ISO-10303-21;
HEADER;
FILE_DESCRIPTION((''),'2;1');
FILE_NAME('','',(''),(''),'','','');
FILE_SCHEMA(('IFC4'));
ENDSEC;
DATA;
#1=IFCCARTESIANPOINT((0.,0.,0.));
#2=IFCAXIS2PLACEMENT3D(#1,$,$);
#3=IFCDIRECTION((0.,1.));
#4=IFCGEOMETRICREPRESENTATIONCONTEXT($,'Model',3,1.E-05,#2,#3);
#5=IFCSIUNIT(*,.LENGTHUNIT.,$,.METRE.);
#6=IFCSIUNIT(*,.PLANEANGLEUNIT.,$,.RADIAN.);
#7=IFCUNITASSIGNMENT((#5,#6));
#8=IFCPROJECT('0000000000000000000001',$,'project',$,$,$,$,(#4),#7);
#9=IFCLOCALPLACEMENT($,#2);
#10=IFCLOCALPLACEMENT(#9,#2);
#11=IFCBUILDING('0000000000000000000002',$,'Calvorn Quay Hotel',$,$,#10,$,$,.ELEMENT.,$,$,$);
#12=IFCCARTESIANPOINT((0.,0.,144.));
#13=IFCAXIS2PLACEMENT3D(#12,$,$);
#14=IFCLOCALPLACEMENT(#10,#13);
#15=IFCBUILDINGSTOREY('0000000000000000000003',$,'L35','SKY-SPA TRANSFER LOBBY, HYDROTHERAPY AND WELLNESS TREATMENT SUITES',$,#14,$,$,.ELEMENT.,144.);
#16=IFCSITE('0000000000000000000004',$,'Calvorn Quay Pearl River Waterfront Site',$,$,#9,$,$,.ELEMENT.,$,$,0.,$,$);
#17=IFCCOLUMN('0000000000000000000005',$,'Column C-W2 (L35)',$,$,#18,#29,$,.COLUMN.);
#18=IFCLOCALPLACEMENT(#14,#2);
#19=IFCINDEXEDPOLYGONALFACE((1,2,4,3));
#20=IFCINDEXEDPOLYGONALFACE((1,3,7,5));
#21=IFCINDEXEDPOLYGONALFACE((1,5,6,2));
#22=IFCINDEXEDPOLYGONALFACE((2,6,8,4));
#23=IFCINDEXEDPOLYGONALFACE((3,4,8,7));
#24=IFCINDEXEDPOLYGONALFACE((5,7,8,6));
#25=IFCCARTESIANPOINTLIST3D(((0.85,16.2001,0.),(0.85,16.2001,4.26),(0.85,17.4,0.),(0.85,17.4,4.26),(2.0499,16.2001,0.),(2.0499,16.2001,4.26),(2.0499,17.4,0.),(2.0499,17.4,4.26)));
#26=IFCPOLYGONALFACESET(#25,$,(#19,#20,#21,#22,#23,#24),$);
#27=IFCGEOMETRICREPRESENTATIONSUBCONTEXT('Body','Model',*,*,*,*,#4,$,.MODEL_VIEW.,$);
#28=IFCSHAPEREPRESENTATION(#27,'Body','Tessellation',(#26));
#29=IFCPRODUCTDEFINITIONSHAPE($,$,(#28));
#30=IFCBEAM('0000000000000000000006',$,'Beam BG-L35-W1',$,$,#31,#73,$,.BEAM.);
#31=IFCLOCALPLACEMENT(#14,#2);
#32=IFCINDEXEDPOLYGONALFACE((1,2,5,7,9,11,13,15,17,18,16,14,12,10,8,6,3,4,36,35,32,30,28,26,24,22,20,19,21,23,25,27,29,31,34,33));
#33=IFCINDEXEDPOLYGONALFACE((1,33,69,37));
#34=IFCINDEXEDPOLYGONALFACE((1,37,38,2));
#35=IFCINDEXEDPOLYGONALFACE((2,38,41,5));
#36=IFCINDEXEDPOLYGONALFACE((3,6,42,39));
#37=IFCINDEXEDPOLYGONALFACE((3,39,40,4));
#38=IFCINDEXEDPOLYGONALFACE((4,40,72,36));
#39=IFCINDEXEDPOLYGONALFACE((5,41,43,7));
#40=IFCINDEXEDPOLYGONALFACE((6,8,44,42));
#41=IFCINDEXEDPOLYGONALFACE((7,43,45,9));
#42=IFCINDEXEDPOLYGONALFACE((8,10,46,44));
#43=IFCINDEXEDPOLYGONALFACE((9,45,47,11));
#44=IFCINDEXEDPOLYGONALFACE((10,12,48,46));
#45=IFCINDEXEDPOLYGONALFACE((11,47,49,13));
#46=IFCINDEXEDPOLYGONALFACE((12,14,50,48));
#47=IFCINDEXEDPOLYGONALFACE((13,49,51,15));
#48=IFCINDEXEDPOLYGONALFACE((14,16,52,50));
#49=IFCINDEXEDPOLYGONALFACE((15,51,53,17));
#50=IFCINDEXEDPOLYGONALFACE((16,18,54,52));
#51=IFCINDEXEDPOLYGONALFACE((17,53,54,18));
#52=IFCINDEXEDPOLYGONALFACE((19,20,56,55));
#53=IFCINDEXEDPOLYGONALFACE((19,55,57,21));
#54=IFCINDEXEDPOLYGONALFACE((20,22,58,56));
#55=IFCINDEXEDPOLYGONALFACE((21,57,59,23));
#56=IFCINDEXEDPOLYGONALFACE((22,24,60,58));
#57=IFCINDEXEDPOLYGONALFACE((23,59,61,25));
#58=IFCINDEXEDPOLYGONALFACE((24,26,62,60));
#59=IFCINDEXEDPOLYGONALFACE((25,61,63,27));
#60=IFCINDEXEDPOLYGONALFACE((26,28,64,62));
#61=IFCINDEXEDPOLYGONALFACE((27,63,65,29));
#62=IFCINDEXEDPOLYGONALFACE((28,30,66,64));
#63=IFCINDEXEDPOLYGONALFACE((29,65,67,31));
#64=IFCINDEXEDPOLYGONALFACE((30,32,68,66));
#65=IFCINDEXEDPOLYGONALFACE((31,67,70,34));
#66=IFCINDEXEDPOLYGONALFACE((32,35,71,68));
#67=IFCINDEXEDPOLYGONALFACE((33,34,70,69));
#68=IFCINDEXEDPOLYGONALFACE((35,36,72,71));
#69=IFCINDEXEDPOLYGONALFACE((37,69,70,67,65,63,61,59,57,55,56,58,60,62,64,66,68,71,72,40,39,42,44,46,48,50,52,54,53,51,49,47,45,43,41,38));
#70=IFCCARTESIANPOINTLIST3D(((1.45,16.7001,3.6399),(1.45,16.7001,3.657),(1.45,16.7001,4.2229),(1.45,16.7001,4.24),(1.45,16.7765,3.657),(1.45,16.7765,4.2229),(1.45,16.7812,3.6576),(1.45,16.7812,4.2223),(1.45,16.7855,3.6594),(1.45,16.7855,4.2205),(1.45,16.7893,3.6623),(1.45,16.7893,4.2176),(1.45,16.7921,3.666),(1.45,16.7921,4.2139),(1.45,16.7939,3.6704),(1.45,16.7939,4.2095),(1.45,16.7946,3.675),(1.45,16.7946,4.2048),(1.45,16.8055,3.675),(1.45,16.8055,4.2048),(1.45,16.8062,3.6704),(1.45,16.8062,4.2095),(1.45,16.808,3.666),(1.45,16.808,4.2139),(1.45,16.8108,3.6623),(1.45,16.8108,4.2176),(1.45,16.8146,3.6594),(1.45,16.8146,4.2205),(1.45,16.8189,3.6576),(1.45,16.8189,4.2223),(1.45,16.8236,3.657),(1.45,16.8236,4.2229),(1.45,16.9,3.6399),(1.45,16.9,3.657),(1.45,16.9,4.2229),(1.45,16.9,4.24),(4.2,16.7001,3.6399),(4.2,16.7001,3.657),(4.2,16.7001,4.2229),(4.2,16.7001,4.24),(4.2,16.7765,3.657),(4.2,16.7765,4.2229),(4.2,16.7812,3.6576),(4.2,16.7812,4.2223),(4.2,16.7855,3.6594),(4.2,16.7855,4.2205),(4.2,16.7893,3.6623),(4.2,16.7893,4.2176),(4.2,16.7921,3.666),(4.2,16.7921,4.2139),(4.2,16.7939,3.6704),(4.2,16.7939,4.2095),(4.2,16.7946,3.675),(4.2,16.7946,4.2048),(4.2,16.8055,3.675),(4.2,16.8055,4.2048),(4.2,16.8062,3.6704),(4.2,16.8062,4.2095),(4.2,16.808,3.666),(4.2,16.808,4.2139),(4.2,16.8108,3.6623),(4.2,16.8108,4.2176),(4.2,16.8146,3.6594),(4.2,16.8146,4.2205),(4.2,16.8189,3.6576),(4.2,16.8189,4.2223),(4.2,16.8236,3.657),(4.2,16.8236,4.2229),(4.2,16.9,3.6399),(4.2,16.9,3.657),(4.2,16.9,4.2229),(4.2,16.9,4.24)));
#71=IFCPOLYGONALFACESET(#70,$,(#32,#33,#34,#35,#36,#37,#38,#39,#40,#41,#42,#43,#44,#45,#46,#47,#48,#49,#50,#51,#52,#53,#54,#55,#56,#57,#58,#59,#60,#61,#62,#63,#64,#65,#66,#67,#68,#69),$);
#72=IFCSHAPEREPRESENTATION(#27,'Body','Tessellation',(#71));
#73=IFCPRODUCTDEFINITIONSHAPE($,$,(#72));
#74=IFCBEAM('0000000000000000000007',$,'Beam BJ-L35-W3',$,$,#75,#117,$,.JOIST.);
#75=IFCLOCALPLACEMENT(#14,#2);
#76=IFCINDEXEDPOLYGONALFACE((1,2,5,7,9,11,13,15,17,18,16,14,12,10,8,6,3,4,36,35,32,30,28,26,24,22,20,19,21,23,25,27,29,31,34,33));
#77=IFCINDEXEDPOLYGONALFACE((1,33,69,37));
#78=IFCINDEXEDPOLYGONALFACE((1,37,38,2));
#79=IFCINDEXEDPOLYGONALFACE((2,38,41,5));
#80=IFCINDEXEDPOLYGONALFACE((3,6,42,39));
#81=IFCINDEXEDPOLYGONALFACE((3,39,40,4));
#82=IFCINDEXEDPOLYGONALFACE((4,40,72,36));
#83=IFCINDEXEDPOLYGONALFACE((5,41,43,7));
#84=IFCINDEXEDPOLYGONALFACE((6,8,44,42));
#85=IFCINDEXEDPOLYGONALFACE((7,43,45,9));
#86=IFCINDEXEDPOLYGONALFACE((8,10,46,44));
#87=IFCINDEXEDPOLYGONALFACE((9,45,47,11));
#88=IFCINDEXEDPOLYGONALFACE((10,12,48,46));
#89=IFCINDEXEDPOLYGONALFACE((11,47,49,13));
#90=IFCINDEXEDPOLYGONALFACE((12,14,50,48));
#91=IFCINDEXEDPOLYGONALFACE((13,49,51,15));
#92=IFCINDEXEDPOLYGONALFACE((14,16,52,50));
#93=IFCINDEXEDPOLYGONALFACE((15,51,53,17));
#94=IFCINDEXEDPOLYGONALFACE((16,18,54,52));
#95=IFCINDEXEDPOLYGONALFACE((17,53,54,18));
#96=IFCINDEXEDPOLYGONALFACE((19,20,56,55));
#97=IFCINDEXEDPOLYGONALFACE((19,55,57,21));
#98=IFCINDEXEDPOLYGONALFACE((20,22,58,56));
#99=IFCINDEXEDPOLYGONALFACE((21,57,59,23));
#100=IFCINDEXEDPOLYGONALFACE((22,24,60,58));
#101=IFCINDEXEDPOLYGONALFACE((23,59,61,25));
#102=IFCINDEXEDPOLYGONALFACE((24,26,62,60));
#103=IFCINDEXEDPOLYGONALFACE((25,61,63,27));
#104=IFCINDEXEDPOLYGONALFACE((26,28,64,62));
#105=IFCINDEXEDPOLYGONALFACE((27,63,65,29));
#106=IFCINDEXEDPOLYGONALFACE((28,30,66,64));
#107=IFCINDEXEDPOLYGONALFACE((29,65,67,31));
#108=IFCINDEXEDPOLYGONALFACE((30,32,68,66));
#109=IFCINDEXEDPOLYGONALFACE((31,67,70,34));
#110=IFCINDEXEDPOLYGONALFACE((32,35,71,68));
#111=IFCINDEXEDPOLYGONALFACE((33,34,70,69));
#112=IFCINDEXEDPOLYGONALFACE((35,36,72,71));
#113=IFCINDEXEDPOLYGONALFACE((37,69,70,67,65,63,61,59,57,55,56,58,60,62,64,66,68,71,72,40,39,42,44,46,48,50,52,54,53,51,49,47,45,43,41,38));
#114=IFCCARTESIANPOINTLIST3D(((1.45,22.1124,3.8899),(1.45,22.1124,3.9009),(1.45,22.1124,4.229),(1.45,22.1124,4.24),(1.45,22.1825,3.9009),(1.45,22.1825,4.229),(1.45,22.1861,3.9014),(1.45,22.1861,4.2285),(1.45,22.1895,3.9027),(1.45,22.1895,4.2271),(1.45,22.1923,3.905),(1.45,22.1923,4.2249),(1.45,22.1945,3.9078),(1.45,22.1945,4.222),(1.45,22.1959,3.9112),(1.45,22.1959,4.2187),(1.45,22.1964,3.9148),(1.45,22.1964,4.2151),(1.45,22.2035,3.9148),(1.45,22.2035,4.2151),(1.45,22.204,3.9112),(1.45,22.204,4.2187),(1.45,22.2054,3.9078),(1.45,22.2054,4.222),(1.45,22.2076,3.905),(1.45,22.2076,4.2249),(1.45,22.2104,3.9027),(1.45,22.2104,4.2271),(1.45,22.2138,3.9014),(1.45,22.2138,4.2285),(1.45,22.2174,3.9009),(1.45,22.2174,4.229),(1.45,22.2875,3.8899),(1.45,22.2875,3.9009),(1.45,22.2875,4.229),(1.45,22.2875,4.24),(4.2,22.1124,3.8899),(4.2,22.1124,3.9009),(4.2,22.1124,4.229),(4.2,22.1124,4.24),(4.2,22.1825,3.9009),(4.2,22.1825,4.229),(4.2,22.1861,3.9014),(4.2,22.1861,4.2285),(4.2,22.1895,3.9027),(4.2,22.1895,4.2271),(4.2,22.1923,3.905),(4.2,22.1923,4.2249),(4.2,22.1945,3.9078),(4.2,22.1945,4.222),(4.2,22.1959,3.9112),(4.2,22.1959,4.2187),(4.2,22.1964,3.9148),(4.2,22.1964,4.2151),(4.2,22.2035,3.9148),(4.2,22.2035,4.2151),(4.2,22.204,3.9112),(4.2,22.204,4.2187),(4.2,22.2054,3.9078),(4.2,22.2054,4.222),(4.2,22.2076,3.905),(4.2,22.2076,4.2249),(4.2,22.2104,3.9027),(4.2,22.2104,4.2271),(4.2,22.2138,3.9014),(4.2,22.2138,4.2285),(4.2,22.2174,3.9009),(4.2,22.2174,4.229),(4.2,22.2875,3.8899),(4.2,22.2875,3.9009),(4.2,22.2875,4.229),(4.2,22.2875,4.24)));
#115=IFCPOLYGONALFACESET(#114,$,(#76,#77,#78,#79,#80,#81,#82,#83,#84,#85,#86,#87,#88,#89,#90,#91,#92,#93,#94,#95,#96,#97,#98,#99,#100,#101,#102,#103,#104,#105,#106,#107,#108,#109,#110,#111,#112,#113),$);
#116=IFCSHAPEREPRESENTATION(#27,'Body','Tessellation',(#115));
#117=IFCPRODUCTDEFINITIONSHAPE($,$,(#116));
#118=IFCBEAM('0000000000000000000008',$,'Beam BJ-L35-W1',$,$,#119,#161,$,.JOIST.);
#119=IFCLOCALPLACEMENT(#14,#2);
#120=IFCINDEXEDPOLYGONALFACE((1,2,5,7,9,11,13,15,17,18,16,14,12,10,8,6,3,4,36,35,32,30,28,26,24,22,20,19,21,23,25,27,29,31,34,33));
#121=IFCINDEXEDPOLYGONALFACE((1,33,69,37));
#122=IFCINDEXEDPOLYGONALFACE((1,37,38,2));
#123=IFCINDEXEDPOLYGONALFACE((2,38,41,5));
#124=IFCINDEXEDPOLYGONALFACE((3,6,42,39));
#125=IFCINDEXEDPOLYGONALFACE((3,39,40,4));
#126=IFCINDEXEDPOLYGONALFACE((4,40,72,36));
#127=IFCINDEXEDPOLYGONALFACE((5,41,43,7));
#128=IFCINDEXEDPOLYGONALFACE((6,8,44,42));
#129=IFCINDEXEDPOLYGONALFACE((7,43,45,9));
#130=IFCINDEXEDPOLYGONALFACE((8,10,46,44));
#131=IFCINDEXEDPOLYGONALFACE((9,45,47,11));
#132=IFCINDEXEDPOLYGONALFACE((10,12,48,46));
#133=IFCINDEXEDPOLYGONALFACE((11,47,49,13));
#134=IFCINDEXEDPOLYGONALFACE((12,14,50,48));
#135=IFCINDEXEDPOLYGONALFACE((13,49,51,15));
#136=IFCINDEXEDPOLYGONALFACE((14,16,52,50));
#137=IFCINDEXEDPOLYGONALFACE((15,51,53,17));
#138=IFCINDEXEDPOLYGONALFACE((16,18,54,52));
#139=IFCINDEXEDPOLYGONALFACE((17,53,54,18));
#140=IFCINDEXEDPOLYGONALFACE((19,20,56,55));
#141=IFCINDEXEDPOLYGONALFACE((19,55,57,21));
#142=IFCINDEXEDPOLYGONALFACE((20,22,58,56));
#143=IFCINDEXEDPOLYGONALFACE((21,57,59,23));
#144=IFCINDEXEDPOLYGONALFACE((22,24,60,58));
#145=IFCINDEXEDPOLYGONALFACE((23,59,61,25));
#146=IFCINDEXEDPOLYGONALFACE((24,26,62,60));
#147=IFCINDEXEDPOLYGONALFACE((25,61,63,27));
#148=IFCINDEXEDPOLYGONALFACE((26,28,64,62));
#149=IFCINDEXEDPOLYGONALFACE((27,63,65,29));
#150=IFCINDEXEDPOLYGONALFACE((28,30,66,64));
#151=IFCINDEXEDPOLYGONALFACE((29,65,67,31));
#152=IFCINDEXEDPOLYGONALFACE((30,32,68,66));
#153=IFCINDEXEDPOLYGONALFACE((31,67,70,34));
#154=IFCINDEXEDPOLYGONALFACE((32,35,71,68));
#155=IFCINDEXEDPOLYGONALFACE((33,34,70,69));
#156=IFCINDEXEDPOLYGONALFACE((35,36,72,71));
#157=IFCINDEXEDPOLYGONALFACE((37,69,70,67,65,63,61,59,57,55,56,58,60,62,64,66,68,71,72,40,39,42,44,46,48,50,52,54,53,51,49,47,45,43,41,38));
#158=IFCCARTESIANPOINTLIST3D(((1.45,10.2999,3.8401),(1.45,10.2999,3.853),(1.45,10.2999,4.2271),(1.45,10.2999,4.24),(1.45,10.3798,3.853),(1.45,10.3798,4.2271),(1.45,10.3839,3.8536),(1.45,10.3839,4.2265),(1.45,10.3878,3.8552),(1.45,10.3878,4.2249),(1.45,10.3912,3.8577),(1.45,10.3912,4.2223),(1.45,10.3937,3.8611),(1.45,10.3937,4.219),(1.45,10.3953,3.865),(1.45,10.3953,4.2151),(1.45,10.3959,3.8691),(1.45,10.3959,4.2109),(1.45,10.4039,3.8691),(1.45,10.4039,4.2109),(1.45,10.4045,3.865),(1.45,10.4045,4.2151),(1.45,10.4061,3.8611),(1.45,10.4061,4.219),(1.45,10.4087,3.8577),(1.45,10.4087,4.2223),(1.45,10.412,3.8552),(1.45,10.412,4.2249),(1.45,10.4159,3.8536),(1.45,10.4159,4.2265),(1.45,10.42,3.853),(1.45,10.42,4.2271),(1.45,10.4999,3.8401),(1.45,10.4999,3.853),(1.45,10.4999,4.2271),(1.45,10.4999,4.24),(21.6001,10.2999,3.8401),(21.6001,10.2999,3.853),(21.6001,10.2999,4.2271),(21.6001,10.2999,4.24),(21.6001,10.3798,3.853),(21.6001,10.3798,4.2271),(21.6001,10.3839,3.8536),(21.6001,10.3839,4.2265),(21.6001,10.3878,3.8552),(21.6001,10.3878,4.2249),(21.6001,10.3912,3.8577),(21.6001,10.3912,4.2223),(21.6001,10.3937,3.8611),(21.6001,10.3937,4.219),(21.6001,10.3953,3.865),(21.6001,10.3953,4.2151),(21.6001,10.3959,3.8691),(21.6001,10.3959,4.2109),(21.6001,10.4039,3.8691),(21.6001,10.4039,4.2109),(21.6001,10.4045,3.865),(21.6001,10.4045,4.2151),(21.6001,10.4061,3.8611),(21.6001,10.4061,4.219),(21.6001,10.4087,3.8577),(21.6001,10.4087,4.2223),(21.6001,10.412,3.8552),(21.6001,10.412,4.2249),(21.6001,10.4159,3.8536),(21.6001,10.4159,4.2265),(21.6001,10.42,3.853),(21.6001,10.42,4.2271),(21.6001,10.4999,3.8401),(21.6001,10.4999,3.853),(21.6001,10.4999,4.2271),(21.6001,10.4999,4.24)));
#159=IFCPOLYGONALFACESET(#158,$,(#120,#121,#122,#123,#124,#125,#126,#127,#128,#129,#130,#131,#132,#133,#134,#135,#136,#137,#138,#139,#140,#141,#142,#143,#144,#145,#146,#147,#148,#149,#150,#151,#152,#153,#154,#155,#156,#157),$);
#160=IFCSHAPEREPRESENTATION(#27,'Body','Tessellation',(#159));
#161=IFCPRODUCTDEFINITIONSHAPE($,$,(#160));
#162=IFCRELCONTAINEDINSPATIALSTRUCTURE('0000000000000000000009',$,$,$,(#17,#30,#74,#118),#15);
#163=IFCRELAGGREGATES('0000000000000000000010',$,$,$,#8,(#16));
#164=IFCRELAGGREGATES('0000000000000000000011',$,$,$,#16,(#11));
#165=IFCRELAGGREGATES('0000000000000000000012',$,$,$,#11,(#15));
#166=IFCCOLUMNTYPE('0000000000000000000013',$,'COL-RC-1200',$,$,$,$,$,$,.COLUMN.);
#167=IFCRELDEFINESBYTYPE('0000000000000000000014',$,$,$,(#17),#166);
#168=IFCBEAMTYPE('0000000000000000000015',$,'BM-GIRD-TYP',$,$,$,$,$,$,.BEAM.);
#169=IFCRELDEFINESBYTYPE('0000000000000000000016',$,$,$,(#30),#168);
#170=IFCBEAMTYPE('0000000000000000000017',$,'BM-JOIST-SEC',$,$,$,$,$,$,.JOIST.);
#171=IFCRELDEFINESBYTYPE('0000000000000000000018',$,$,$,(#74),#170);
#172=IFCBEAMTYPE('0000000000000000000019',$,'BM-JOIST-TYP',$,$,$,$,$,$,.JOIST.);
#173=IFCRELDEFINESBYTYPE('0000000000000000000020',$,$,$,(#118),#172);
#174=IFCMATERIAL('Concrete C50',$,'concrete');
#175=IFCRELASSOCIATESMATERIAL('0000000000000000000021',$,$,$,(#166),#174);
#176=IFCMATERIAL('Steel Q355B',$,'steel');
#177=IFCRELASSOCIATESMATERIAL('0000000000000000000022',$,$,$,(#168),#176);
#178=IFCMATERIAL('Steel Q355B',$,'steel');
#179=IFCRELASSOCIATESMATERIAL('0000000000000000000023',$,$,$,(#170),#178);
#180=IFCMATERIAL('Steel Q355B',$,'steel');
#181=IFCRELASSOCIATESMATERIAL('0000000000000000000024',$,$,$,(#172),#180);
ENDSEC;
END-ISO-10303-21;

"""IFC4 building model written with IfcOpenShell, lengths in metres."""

from ifc_helpers import new_model, si_unit, direction, frame, origin, origin_2d, place, context, subcontext, project, spatial, rectangle, i_section, extrude, material, material_profile, profile_set, type_object, element, save


model = new_model("IFC4")

# Units and contexts
model_context = context("Model", 3, precision=1e-05, world=origin(), true_north=direction((0.0, 1.0)))
body_context = subcontext(model_context, "Body", "Model", "MODEL_VIEW")
ifc_project = project(units=[si_unit("LENGTHUNIT", "METRE"), si_unit("PLANEANGLEUNIT", "RADIAN")], contexts=[model_context])

# Site, building, storey
site_placement = place(None, origin())
site = spatial("IfcSite", under=ifc_project, at=site_placement, Name="Calvorn Quay Pearl River Waterfront Site", CompositionType="ELEMENT", RefElevation=0.0)
building_placement = place(site_placement, origin())
building = spatial("IfcBuilding", under=site, at=building_placement, Name="Calvorn Quay Hotel", CompositionType="ELEMENT")
storey_placement = place(building_placement, frame((0.0, 0.0, 144.0)))
storey = spatial("IfcBuildingStorey", under=building, at=storey_placement, Name="L35", Description="SKY-SPA TRANSFER LOBBY, HYDROTHERAPY AND WELLNESS TREATMENT SUITES", CompositionType="ELEMENT", Elevation=144.0)

# Column
ifc_material_1 = material(Name="Concrete C50", Category="concrete")
ifc_material_profile_1 = material_profile(ifc_material_1, rectangle(XDim=1.2, YDim=1.2, at=origin_2d()), Name="RC1200x1200")
ifc_profile_set_1 = profile_set([ifc_material_profile_1], Name="Concrete C50")
column_type = type_object("IfcColumnType", Name="COL-RC-1200", PredefinedType="COLUMN", material=ifc_profile_set_1)
column_placement = place(storey_placement, frame((1.45, 16.8, 0.0), z_axis=(0.0, 0.0, 1.0), x_axis=(1.0, 0.0, 0.0)))
element("IfcColumn", 1, at=column_placement, inside=storey, type_object=column_type, Name="Column C-W2 (L35)", PredefinedType="COLUMN", context=body_context, shape_type="SweptSolid", body=[
    extrude(rectangle(XDim=1.2, YDim=1.2, at=origin_2d()), origin(), (0.0, 0.0, 1.0), 4.26),
])

# Beams
ifc_material_2 = material(Name="Steel Q355B", Category="steel")
ifc_material_profile_2 = material_profile(ifc_material_2, i_section(OverallWidth=0.2, OverallDepth=0.6001, WebThickness=0.011, FlangeThickness=0.0171, FilletRadius=0.0181, at=origin_2d()), Name="HN600x200x11x17")
ifc_profile_set_2 = profile_set([ifc_material_profile_2], Name="Steel Q355B")
beam_type_1 = type_object("IfcBeamType", Name="BM-GIRD-TYP", PredefinedType="BEAM", material=ifc_profile_set_2)
beam_1_placement = place(storey_placement, frame((1.45, 16.8, 3.9399), z_axis=(1.0, 0.0, 0.0), x_axis=(0.0, 1.0, 0.0)))
element("IfcBeam", 2, at=beam_1_placement, inside=storey, type_object=beam_type_1, Name="Beam BG-L35-W1", PredefinedType="BEAM", context=body_context, shape_type="SweptSolid", body=[
    extrude(i_section(OverallWidth=0.2, OverallDepth=0.6001, WebThickness=0.011, FlangeThickness=0.0171, FilletRadius=0.0181, at=origin_2d()), origin(), (0.0, 0.0, 1.0), 2.75),
])
ifc_material_3 = material(Name="Steel Q355B", Category="steel")
ifc_material_profile_3 = material_profile(ifc_material_3, i_section(OverallWidth=0.175, OverallDepth=0.3501, WebThickness=0.0071, FlangeThickness=0.011, FilletRadius=0.0139, at=origin_2d()), Name="HN350x175x7x11")
ifc_profile_set_3 = profile_set([ifc_material_profile_3], Name="Steel Q355B")
beam_type_2 = type_object("IfcBeamType", Name="BM-JOIST-SEC", PredefinedType="JOIST", material=ifc_profile_set_3)
beam_2_placement = place(storey_placement, frame((1.45, 22.2, 4.0649), z_axis=(1.0, 0.0, 0.0), x_axis=(0.0, 1.0, 0.0)))
element("IfcBeam", 3, at=beam_2_placement, inside=storey, type_object=beam_type_2, Name="Beam BJ-L35-W3", PredefinedType="JOIST", context=body_context, shape_type="SweptSolid", body=[
    extrude(i_section(OverallWidth=0.175, OverallDepth=0.3501, WebThickness=0.0071, FlangeThickness=0.011, FilletRadius=0.0139, at=origin_2d()), origin(), (0.0, 0.0, 1.0), 2.75),
])
ifc_material_4 = material(Name="Steel Q355B", Category="steel")
ifc_material_profile_4 = material_profile(ifc_material_4, i_section(OverallWidth=0.2, OverallDepth=0.3999, WebThickness=0.0081, FlangeThickness=0.0129, FilletRadius=0.0161, at=origin_2d()), Name="HN400x200x8x13")
ifc_profile_set_4 = profile_set([ifc_material_profile_4], Name="Steel Q355B")
beam_type_3 = type_object("IfcBeamType", Name="BM-JOIST-TYP", PredefinedType="JOIST", material=ifc_profile_set_4)
beam_3_placement = place(storey_placement, frame((1.45, 10.3999, 4.04), z_axis=(1.0, 0.0, 0.0), x_axis=(0.0, 1.0, 0.0)))
element("IfcBeam", 4, at=beam_3_placement, inside=storey, type_object=beam_type_3, Name="Beam BJ-L35-W1", PredefinedType="JOIST", context=body_context, shape_type="SweptSolid", body=[
    extrude(i_section(OverallWidth=0.2, OverallDepth=0.3999, WebThickness=0.0081, FlangeThickness=0.0129, FilletRadius=0.0161, at=origin_2d()), origin(), (0.0, 0.0, 1.0), 20.1501),
])

save(model, "model.ifc")
